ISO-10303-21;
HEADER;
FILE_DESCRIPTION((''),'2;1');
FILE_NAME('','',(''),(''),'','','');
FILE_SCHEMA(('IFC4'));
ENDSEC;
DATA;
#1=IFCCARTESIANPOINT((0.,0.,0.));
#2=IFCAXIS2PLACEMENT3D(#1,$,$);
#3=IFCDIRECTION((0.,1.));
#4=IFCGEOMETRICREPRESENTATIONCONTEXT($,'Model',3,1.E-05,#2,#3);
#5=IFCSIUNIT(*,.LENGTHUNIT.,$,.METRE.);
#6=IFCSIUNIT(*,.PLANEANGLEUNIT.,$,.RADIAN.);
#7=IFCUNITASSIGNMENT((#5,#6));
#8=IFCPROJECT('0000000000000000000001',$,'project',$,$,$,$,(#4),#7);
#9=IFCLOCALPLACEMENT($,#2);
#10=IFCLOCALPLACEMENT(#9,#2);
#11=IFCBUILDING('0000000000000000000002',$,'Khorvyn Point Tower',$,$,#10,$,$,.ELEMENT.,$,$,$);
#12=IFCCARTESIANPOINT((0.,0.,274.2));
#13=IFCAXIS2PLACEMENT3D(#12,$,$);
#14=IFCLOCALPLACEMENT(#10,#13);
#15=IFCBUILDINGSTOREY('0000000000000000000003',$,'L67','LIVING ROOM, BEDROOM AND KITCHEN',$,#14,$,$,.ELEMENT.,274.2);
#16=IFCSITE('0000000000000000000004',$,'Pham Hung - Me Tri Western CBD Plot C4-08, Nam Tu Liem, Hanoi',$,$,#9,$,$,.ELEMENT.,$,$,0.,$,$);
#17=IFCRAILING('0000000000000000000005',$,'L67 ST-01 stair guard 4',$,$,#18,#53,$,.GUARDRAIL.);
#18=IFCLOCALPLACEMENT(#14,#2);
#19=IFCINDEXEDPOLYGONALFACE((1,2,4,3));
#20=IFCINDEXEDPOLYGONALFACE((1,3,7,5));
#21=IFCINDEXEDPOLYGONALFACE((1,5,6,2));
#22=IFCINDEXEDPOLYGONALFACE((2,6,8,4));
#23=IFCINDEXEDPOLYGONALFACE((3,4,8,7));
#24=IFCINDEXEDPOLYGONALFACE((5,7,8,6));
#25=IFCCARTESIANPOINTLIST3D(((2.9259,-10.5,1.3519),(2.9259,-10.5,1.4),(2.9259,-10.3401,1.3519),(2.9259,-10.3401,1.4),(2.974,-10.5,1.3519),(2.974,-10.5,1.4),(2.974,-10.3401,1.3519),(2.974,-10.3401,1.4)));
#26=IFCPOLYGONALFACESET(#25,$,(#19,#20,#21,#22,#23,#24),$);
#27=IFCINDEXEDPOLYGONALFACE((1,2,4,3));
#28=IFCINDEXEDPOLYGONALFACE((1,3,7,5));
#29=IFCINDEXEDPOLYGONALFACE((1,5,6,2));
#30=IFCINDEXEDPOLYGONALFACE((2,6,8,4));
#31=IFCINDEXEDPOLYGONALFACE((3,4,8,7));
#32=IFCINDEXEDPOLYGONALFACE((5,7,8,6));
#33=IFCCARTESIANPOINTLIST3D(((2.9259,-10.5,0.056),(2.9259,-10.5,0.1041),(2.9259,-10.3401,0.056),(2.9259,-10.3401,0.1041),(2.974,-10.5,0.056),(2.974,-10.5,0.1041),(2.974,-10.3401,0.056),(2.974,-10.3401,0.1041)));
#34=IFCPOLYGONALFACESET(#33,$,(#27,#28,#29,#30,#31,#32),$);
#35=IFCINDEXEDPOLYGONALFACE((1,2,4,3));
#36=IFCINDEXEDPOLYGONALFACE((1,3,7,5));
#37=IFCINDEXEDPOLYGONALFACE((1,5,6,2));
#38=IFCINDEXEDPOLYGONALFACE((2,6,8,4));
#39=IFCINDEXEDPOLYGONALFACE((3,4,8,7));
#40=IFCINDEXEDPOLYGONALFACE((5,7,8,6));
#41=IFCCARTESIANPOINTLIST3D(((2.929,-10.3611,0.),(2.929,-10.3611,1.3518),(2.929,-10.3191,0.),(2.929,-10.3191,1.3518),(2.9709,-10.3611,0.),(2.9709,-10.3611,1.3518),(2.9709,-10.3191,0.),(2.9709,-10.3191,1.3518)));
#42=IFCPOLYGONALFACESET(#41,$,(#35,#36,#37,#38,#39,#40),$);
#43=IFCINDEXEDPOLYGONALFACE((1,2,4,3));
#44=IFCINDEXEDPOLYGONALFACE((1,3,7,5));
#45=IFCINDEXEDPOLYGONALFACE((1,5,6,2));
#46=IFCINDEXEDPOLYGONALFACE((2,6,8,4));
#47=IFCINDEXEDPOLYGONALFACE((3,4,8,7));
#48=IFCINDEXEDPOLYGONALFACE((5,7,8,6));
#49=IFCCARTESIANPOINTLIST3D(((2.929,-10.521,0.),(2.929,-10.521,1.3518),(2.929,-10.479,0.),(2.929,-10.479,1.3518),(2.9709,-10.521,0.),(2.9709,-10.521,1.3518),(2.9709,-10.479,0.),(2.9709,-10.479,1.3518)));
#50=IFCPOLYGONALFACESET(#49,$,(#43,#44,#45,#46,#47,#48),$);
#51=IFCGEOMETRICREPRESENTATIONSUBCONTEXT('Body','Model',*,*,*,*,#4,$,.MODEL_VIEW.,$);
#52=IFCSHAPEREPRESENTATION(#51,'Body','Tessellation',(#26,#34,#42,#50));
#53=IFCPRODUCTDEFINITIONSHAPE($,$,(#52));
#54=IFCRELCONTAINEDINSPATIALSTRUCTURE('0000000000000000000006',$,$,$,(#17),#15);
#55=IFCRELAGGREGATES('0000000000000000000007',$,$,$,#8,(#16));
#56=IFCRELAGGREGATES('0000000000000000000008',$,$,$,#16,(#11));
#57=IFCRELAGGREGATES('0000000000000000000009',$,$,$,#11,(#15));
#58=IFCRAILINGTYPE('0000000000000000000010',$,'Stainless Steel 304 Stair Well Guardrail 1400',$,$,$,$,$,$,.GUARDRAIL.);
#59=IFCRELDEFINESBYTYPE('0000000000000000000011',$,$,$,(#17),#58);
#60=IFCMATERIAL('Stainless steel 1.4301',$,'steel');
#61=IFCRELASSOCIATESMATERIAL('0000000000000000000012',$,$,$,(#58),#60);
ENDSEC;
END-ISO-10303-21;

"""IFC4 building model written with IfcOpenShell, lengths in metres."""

from ifc_helpers import new_model, si_unit, direction, frame, origin, origin_2d, place, context, subcontext, project, spatial, rectangle, extrude, material, type_object, element, save


model = new_model("IFC4")

# Units and contexts
model_context = context("Model", 3, precision=1e-05, world=origin(), true_north=direction((0.0, 1.0)))
body_context = subcontext(model_context, "Body", "Model", "MODEL_VIEW")
ifc_project = project(units=[si_unit("LENGTHUNIT", "METRE"), si_unit("PLANEANGLEUNIT", "RADIAN")], contexts=[model_context])

# Site, building, storey
site_placement = place(None, origin())
site = spatial("IfcSite", under=ifc_project, at=site_placement, Name="Pham Hung - Me Tri Western CBD Plot C4-08, Nam Tu Liem, Hanoi", CompositionType="ELEMENT", RefElevation=0.0)
building_placement = place(site_placement, origin())
building = spatial("IfcBuilding", under=site, at=building_placement, Name="Khorvyn Point Tower", CompositionType="ELEMENT")
storey_placement = place(building_placement, frame((0.0, 0.0, 274.2)))
storey = spatial("IfcBuildingStorey", under=building, at=storey_placement, Name="L67", Description="LIVING ROOM, BEDROOM AND KITCHEN", CompositionType="ELEMENT", Elevation=274.2)

# Shared definitions
ifc_material_1 = material(Name="Stainless steel 1.4301", Category="steel")

# Railing
railing_type_1 = type_object("IfcRailingType", Name="Stainless Steel 304 Stair Well Guardrail 1400", PredefinedType="GUARDRAIL", material=ifc_material_1)
railing_1_placement = place(storey_placement, frame((2.95, -10.3401, 0.0)))
element("IfcRailing", 1, at=railing_1_placement, inside=storey, type_object=railing_type_1, Name="L67 ST-01 stair guard 4", PredefinedType="GUARDRAIL", context=body_context, shape_type="SweptSolid", body=[
    extrude(rectangle(XDim=0.0481, YDim=0.0481, at=origin_2d()), frame((0.0, 0.0, 1.376), z_axis=(0.0, -1.0, 0.0), x_axis=(1.0, 0.0, 0.0)), (0.0, 0.0, 1.0), 0.1599),
    extrude(rectangle(XDim=0.0481, YDim=0.0481, at=origin_2d()), frame((0.0, 0.0, 0.0801), z_axis=(0.0, -1.0, 0.0), x_axis=(1.0, 0.0, 0.0)), (0.0, 0.0, 1.0), 0.1599),
    extrude(rectangle(XDim=0.042, YDim=0.042, at=origin_2d()), origin(), (0.0, 0.0, 1.0), 1.3518),
    extrude(rectangle(XDim=0.042, YDim=0.042, at=origin_2d()), frame((0.0, -0.1599, 0.0)), (0.0, 0.0, 1.0), 1.3518),
])

save(model, "model.ifc")
